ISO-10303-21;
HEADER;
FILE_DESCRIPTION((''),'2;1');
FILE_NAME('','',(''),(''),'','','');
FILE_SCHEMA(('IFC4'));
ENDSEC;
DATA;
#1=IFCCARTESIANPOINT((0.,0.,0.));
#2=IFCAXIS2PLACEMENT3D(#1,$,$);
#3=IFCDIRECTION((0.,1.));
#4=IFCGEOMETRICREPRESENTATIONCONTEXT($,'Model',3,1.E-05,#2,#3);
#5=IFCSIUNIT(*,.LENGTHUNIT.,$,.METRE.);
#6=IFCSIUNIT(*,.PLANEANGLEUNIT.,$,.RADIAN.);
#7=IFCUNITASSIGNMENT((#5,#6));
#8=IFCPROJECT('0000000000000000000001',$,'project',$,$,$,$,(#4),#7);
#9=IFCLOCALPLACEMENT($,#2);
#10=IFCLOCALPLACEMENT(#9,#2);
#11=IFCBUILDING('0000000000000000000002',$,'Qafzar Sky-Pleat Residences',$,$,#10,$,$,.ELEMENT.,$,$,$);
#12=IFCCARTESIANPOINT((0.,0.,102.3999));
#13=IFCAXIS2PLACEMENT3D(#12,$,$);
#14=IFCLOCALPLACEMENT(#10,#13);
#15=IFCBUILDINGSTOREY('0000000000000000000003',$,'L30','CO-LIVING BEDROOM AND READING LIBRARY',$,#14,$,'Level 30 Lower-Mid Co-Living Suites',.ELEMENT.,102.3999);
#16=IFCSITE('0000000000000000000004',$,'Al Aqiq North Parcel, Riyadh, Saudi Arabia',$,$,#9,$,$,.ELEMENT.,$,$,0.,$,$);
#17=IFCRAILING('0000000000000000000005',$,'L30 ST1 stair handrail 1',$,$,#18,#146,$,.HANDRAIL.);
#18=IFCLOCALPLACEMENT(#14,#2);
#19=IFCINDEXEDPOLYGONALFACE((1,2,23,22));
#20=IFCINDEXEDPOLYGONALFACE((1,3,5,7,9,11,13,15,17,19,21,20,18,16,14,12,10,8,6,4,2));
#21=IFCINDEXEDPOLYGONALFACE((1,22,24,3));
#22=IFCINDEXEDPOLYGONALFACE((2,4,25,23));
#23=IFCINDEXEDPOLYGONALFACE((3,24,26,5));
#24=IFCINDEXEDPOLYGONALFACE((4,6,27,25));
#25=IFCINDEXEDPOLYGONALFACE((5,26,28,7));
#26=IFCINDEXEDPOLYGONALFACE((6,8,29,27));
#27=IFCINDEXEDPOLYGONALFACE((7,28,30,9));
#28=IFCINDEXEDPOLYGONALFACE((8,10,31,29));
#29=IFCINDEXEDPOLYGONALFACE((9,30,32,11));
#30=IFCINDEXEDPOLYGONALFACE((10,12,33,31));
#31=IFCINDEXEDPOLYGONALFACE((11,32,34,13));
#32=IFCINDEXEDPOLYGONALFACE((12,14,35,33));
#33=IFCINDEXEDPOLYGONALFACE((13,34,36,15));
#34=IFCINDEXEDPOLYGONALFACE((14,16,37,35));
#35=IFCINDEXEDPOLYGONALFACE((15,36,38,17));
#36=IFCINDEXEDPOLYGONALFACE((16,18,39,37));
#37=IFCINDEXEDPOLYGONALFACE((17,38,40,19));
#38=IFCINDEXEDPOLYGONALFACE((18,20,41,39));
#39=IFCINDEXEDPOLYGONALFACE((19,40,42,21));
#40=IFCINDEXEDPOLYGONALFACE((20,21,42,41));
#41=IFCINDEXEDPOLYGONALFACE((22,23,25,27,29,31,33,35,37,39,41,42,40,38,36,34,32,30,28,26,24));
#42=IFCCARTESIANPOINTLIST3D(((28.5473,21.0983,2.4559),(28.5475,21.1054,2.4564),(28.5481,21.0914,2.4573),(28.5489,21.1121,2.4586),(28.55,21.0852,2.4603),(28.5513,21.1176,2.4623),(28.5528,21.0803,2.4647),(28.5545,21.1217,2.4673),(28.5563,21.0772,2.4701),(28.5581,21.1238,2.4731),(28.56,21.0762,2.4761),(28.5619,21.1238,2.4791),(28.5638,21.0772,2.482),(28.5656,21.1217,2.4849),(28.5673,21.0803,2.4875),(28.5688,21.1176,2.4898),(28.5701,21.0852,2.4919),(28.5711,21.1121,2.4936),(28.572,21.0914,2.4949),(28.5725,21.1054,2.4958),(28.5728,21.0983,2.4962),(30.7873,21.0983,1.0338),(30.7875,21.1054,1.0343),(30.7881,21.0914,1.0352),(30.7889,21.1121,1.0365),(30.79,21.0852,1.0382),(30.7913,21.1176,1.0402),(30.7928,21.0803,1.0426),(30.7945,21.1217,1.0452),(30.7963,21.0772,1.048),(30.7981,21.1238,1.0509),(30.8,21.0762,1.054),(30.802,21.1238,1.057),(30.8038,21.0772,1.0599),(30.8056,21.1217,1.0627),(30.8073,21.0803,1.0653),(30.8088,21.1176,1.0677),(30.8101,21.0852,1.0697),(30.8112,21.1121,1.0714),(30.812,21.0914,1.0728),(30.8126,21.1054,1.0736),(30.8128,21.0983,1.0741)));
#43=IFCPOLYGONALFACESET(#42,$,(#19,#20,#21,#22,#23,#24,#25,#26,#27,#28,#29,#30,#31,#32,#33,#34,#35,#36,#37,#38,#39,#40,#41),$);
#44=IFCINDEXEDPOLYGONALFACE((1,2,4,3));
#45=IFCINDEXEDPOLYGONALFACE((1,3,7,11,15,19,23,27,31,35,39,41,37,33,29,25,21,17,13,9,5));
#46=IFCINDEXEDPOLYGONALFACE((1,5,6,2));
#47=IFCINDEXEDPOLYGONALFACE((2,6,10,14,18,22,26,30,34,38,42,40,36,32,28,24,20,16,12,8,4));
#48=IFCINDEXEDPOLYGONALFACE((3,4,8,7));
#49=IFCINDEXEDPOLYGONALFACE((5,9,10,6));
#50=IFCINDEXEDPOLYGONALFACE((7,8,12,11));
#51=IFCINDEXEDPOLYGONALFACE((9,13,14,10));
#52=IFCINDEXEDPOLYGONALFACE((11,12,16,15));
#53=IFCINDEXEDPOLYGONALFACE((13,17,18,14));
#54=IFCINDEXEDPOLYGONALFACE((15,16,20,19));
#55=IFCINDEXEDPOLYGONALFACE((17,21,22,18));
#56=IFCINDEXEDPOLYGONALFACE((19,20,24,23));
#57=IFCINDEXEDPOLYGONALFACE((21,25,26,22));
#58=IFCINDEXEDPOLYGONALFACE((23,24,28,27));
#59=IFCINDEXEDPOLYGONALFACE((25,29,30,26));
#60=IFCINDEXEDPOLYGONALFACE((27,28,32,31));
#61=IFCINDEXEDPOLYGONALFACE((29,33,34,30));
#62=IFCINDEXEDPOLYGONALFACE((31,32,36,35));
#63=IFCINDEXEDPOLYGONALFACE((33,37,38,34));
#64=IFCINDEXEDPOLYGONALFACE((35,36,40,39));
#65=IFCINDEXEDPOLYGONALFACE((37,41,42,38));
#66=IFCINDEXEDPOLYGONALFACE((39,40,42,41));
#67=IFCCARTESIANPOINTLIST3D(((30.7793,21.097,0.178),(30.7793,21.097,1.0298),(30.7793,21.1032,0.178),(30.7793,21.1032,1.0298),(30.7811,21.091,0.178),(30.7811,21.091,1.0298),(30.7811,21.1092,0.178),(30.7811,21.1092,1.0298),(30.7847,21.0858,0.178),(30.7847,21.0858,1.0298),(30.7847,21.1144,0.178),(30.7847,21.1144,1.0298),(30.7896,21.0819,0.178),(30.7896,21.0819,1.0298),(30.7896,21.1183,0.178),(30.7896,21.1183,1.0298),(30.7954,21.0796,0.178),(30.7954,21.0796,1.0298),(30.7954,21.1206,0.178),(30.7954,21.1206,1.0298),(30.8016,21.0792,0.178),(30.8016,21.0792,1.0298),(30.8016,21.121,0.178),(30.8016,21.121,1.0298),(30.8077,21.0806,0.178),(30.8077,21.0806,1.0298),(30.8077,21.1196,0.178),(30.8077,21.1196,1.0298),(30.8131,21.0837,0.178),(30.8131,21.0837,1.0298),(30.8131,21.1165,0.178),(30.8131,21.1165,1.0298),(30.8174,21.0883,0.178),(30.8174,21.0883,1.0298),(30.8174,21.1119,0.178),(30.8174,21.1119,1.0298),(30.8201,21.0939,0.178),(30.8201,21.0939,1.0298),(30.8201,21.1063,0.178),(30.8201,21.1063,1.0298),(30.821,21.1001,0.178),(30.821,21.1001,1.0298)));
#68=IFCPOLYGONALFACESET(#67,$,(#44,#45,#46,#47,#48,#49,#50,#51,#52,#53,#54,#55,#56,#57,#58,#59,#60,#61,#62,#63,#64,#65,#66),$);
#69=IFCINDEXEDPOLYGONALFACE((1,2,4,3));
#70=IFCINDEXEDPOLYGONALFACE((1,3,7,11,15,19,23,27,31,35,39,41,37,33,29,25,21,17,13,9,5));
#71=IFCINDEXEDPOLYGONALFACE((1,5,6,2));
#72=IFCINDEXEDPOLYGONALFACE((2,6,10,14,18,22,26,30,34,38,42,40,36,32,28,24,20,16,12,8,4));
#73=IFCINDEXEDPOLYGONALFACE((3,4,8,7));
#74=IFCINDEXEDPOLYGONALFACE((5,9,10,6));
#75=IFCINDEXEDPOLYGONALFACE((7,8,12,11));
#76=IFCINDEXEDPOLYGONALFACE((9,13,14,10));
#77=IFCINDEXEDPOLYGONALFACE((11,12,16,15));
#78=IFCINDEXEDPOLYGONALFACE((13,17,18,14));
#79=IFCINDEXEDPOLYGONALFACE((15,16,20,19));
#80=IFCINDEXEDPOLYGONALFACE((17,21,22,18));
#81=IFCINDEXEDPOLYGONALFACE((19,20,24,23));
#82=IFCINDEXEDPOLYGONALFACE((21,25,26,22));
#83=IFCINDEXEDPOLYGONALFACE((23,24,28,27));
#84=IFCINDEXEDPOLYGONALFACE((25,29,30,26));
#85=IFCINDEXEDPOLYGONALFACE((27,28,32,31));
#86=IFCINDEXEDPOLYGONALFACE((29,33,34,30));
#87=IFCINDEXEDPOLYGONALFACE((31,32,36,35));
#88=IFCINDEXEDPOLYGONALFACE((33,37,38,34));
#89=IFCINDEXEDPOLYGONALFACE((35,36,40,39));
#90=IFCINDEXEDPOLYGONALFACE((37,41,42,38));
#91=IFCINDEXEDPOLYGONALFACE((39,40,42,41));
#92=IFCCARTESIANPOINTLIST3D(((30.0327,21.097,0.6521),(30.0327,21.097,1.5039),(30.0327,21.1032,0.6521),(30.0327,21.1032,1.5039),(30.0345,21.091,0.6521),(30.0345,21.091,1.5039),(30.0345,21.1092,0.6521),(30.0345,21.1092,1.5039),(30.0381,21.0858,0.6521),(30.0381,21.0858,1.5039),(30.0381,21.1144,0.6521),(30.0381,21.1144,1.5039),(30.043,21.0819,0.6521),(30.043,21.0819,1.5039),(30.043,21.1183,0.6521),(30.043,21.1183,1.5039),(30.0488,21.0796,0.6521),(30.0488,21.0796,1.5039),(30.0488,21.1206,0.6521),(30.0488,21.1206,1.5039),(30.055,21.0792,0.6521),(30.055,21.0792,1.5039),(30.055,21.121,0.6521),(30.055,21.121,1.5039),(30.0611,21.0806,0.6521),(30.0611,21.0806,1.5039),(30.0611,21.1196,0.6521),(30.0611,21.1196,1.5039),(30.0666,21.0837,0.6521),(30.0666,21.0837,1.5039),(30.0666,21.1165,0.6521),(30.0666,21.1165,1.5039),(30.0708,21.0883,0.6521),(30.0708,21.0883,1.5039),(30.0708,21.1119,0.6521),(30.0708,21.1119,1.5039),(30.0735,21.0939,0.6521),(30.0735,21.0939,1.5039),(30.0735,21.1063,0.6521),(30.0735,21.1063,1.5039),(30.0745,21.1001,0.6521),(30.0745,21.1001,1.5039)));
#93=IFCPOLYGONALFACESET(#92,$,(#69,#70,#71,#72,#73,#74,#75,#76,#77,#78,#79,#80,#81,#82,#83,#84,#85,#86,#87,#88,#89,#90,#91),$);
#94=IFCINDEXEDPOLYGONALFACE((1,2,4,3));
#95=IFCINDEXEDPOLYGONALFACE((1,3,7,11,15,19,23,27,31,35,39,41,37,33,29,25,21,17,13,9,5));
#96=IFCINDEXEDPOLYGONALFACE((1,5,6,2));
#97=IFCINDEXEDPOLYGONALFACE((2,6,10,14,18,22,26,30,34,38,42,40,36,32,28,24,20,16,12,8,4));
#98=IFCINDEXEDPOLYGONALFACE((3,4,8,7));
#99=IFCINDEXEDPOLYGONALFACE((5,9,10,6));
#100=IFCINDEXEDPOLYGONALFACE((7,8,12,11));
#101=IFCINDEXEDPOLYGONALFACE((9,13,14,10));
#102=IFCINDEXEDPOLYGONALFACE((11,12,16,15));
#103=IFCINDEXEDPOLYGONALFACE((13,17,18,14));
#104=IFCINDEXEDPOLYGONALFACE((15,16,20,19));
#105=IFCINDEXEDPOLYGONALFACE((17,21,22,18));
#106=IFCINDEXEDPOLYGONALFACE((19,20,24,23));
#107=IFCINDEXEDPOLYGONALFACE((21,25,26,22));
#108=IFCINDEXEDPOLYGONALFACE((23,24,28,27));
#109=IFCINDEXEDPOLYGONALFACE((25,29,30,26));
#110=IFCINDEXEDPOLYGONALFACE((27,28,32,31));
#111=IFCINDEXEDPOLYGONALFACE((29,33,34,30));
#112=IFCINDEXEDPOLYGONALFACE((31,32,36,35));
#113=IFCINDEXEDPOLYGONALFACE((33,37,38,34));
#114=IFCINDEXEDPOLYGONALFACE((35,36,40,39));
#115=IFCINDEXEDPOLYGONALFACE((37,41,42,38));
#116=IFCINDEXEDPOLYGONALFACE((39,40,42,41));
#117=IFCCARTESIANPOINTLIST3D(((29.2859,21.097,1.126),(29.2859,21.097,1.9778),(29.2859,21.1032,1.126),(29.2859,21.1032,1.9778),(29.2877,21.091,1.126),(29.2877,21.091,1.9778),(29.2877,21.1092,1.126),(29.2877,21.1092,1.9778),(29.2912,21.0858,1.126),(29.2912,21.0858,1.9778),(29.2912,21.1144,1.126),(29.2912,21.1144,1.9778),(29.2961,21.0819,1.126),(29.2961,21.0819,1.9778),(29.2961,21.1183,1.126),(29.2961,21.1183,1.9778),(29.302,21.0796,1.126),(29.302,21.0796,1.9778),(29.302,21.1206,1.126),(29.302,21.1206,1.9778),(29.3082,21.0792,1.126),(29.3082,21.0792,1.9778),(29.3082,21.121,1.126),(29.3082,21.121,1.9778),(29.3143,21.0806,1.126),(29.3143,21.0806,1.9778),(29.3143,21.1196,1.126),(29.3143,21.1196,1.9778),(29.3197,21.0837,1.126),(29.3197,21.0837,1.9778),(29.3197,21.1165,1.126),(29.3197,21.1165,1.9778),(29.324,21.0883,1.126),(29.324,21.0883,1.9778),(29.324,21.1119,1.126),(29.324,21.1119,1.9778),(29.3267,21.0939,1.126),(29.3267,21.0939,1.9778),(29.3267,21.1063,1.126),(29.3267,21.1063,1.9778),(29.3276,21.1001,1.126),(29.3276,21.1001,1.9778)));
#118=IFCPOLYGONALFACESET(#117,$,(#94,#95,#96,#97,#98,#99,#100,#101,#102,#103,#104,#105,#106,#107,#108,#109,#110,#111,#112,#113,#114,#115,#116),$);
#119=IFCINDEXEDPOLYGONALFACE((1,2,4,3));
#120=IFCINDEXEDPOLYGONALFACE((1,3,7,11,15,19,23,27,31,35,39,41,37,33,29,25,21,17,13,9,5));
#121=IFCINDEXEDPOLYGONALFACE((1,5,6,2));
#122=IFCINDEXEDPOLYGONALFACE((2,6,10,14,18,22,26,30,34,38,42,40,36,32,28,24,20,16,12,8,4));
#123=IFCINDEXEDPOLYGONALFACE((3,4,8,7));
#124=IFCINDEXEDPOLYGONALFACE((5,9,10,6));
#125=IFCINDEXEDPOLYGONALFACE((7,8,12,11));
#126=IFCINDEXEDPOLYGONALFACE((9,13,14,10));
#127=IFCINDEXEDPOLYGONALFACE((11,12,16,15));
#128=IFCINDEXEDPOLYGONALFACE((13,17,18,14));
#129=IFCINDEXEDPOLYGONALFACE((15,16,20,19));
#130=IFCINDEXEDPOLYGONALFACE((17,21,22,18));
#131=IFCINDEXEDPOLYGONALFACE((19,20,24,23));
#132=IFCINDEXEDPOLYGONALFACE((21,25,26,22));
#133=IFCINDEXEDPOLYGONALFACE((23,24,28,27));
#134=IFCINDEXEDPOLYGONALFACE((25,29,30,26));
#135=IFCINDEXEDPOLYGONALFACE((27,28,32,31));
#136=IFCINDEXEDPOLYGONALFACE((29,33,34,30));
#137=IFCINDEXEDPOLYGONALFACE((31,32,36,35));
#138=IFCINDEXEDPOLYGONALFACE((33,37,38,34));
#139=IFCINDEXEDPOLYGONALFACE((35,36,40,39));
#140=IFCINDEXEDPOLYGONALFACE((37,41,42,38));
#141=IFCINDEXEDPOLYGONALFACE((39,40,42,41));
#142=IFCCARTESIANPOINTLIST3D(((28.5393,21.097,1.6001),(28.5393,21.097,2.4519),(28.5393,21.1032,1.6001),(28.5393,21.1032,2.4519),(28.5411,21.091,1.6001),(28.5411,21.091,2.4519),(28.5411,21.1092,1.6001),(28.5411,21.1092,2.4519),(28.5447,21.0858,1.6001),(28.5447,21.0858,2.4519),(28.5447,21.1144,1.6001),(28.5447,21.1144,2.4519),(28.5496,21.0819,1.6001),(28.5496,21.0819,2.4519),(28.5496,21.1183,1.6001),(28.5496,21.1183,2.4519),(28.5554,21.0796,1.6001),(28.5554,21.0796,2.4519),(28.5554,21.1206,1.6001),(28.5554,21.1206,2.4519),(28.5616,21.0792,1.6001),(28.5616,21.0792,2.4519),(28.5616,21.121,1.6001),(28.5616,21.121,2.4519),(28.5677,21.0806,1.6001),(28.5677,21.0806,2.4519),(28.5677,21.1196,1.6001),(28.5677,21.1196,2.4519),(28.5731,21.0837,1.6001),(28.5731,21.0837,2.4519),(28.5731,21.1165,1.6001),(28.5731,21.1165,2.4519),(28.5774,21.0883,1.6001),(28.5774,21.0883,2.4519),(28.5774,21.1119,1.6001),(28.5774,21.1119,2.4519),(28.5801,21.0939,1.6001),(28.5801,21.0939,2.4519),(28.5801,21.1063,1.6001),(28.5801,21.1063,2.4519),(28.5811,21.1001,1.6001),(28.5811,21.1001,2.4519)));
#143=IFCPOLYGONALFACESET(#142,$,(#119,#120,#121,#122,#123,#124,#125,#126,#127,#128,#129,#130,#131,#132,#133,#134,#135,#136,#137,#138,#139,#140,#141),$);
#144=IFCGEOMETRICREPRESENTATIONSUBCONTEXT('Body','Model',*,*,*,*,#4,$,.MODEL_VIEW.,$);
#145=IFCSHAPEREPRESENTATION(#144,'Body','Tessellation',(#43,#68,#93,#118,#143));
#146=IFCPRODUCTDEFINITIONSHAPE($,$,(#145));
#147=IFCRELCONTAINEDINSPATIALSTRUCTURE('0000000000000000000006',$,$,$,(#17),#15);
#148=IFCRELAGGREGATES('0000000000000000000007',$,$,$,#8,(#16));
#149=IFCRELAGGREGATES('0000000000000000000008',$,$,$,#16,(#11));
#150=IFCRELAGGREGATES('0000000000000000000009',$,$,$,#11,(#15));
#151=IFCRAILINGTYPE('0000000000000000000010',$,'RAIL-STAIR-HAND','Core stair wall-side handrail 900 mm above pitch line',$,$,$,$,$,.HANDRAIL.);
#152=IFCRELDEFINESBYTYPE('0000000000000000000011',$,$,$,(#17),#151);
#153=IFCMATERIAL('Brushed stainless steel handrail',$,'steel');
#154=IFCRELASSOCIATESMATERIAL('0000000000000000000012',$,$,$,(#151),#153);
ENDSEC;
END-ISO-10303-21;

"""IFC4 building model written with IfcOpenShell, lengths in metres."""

from ifc_helpers import new_model, si_unit, direction, frame, origin, origin_2d, place, context, subcontext, project, spatial, circle, extrude, source, transform, mapped, material, type_object, element, save


model = new_model("IFC4")

# Units and contexts
model_context = context("Model", 3, precision=1e-05, world=origin(), true_north=direction((0.0, 1.0)))
body_context = subcontext(model_context, "Body", "Model", "MODEL_VIEW")
ifc_project = project(units=[si_unit("LENGTHUNIT", "METRE"), si_unit("PLANEANGLEUNIT", "RADIAN")], contexts=[model_context])

# Site, building, storey
site_placement = place(None, origin())
site = spatial("IfcSite", under=ifc_project, at=site_placement, Name="Al Aqiq North Parcel, Riyadh, Saudi Arabia", CompositionType="ELEMENT", RefElevation=0.0)
building_placement = place(site_placement, origin())
building = spatial("IfcBuilding", under=site, at=building_placement, Name="Qafzar Sky-Pleat Residences", CompositionType="ELEMENT")
storey_placement = place(building_placement, frame((0.0, 0.0, 102.3999)))
storey = spatial("IfcBuildingStorey", under=building, at=storey_placement, Name="L30", Description="CO-LIVING BEDROOM AND READING LIBRARY", LongName="Level 30 Lower-Mid Co-Living Suites", CompositionType="ELEMENT", Elevation=102.3999)

# Railing
ifc_material_1 = material(Name="Brushed stainless steel handrail", Category="steel")
railing_type_1 = type_object("IfcRailingType", Name="RAIL-STAIR-HAND", Description="Core stair wall-side handrail 900 mm above pitch line", PredefinedType="HANDRAIL", material=ifc_material_1)
shared_shape_1 = source(origin(), body_context, "Body", "SweptSolid", [
    extrude(circle(Radius=0.0239, at=origin_2d()), frame((0.0, 0.0, 0.876), z_axis=(-0.844229, 0.0, 0.535982), x_axis=(0.0, -1.0, 0.0)), (0.0, 0.0, 1.0), 2.6533),
    extrude(circle(Radius=0.021, at=origin_2d()), origin(), (0.0, 0.0, 1.0), 0.8518),
    extrude(circle(Radius=0.021, at=origin_2d()), frame((-0.7466, 0.0, 0.4741)), (0.0, 0.0, 1.0), 0.8518),
    extrude(circle(Radius=0.021, at=origin_2d()), frame((-1.4934, 0.0, 0.948)), (0.0, 0.0, 1.0), 0.8518),
    extrude(circle(Radius=0.021, at=origin_2d()), frame((-2.24, 0.0, 1.4221)), (0.0, 0.0, 1.0), 0.8518),
])
railing_1_placement = place(storey_placement, frame((30.8, 21.1001, 0.178)))
element("IfcRailing", 1, at=railing_1_placement, inside=storey, type_object=railing_type_1, Name="L30 ST1 stair handrail 1", PredefinedType="HANDRAIL", context=body_context, shape_type="MappedRepresentation", body=[
    mapped(shared_shape_1, transform((0.0, 0.0, 0.0), x_axis=(1.0, 0.0, 0.0), y_axis=(0.0, 1.0, 0.0), z_axis=(0.0, 0.0, 1.0), scale=1.0)),
])

save(model, "model.ifc")
